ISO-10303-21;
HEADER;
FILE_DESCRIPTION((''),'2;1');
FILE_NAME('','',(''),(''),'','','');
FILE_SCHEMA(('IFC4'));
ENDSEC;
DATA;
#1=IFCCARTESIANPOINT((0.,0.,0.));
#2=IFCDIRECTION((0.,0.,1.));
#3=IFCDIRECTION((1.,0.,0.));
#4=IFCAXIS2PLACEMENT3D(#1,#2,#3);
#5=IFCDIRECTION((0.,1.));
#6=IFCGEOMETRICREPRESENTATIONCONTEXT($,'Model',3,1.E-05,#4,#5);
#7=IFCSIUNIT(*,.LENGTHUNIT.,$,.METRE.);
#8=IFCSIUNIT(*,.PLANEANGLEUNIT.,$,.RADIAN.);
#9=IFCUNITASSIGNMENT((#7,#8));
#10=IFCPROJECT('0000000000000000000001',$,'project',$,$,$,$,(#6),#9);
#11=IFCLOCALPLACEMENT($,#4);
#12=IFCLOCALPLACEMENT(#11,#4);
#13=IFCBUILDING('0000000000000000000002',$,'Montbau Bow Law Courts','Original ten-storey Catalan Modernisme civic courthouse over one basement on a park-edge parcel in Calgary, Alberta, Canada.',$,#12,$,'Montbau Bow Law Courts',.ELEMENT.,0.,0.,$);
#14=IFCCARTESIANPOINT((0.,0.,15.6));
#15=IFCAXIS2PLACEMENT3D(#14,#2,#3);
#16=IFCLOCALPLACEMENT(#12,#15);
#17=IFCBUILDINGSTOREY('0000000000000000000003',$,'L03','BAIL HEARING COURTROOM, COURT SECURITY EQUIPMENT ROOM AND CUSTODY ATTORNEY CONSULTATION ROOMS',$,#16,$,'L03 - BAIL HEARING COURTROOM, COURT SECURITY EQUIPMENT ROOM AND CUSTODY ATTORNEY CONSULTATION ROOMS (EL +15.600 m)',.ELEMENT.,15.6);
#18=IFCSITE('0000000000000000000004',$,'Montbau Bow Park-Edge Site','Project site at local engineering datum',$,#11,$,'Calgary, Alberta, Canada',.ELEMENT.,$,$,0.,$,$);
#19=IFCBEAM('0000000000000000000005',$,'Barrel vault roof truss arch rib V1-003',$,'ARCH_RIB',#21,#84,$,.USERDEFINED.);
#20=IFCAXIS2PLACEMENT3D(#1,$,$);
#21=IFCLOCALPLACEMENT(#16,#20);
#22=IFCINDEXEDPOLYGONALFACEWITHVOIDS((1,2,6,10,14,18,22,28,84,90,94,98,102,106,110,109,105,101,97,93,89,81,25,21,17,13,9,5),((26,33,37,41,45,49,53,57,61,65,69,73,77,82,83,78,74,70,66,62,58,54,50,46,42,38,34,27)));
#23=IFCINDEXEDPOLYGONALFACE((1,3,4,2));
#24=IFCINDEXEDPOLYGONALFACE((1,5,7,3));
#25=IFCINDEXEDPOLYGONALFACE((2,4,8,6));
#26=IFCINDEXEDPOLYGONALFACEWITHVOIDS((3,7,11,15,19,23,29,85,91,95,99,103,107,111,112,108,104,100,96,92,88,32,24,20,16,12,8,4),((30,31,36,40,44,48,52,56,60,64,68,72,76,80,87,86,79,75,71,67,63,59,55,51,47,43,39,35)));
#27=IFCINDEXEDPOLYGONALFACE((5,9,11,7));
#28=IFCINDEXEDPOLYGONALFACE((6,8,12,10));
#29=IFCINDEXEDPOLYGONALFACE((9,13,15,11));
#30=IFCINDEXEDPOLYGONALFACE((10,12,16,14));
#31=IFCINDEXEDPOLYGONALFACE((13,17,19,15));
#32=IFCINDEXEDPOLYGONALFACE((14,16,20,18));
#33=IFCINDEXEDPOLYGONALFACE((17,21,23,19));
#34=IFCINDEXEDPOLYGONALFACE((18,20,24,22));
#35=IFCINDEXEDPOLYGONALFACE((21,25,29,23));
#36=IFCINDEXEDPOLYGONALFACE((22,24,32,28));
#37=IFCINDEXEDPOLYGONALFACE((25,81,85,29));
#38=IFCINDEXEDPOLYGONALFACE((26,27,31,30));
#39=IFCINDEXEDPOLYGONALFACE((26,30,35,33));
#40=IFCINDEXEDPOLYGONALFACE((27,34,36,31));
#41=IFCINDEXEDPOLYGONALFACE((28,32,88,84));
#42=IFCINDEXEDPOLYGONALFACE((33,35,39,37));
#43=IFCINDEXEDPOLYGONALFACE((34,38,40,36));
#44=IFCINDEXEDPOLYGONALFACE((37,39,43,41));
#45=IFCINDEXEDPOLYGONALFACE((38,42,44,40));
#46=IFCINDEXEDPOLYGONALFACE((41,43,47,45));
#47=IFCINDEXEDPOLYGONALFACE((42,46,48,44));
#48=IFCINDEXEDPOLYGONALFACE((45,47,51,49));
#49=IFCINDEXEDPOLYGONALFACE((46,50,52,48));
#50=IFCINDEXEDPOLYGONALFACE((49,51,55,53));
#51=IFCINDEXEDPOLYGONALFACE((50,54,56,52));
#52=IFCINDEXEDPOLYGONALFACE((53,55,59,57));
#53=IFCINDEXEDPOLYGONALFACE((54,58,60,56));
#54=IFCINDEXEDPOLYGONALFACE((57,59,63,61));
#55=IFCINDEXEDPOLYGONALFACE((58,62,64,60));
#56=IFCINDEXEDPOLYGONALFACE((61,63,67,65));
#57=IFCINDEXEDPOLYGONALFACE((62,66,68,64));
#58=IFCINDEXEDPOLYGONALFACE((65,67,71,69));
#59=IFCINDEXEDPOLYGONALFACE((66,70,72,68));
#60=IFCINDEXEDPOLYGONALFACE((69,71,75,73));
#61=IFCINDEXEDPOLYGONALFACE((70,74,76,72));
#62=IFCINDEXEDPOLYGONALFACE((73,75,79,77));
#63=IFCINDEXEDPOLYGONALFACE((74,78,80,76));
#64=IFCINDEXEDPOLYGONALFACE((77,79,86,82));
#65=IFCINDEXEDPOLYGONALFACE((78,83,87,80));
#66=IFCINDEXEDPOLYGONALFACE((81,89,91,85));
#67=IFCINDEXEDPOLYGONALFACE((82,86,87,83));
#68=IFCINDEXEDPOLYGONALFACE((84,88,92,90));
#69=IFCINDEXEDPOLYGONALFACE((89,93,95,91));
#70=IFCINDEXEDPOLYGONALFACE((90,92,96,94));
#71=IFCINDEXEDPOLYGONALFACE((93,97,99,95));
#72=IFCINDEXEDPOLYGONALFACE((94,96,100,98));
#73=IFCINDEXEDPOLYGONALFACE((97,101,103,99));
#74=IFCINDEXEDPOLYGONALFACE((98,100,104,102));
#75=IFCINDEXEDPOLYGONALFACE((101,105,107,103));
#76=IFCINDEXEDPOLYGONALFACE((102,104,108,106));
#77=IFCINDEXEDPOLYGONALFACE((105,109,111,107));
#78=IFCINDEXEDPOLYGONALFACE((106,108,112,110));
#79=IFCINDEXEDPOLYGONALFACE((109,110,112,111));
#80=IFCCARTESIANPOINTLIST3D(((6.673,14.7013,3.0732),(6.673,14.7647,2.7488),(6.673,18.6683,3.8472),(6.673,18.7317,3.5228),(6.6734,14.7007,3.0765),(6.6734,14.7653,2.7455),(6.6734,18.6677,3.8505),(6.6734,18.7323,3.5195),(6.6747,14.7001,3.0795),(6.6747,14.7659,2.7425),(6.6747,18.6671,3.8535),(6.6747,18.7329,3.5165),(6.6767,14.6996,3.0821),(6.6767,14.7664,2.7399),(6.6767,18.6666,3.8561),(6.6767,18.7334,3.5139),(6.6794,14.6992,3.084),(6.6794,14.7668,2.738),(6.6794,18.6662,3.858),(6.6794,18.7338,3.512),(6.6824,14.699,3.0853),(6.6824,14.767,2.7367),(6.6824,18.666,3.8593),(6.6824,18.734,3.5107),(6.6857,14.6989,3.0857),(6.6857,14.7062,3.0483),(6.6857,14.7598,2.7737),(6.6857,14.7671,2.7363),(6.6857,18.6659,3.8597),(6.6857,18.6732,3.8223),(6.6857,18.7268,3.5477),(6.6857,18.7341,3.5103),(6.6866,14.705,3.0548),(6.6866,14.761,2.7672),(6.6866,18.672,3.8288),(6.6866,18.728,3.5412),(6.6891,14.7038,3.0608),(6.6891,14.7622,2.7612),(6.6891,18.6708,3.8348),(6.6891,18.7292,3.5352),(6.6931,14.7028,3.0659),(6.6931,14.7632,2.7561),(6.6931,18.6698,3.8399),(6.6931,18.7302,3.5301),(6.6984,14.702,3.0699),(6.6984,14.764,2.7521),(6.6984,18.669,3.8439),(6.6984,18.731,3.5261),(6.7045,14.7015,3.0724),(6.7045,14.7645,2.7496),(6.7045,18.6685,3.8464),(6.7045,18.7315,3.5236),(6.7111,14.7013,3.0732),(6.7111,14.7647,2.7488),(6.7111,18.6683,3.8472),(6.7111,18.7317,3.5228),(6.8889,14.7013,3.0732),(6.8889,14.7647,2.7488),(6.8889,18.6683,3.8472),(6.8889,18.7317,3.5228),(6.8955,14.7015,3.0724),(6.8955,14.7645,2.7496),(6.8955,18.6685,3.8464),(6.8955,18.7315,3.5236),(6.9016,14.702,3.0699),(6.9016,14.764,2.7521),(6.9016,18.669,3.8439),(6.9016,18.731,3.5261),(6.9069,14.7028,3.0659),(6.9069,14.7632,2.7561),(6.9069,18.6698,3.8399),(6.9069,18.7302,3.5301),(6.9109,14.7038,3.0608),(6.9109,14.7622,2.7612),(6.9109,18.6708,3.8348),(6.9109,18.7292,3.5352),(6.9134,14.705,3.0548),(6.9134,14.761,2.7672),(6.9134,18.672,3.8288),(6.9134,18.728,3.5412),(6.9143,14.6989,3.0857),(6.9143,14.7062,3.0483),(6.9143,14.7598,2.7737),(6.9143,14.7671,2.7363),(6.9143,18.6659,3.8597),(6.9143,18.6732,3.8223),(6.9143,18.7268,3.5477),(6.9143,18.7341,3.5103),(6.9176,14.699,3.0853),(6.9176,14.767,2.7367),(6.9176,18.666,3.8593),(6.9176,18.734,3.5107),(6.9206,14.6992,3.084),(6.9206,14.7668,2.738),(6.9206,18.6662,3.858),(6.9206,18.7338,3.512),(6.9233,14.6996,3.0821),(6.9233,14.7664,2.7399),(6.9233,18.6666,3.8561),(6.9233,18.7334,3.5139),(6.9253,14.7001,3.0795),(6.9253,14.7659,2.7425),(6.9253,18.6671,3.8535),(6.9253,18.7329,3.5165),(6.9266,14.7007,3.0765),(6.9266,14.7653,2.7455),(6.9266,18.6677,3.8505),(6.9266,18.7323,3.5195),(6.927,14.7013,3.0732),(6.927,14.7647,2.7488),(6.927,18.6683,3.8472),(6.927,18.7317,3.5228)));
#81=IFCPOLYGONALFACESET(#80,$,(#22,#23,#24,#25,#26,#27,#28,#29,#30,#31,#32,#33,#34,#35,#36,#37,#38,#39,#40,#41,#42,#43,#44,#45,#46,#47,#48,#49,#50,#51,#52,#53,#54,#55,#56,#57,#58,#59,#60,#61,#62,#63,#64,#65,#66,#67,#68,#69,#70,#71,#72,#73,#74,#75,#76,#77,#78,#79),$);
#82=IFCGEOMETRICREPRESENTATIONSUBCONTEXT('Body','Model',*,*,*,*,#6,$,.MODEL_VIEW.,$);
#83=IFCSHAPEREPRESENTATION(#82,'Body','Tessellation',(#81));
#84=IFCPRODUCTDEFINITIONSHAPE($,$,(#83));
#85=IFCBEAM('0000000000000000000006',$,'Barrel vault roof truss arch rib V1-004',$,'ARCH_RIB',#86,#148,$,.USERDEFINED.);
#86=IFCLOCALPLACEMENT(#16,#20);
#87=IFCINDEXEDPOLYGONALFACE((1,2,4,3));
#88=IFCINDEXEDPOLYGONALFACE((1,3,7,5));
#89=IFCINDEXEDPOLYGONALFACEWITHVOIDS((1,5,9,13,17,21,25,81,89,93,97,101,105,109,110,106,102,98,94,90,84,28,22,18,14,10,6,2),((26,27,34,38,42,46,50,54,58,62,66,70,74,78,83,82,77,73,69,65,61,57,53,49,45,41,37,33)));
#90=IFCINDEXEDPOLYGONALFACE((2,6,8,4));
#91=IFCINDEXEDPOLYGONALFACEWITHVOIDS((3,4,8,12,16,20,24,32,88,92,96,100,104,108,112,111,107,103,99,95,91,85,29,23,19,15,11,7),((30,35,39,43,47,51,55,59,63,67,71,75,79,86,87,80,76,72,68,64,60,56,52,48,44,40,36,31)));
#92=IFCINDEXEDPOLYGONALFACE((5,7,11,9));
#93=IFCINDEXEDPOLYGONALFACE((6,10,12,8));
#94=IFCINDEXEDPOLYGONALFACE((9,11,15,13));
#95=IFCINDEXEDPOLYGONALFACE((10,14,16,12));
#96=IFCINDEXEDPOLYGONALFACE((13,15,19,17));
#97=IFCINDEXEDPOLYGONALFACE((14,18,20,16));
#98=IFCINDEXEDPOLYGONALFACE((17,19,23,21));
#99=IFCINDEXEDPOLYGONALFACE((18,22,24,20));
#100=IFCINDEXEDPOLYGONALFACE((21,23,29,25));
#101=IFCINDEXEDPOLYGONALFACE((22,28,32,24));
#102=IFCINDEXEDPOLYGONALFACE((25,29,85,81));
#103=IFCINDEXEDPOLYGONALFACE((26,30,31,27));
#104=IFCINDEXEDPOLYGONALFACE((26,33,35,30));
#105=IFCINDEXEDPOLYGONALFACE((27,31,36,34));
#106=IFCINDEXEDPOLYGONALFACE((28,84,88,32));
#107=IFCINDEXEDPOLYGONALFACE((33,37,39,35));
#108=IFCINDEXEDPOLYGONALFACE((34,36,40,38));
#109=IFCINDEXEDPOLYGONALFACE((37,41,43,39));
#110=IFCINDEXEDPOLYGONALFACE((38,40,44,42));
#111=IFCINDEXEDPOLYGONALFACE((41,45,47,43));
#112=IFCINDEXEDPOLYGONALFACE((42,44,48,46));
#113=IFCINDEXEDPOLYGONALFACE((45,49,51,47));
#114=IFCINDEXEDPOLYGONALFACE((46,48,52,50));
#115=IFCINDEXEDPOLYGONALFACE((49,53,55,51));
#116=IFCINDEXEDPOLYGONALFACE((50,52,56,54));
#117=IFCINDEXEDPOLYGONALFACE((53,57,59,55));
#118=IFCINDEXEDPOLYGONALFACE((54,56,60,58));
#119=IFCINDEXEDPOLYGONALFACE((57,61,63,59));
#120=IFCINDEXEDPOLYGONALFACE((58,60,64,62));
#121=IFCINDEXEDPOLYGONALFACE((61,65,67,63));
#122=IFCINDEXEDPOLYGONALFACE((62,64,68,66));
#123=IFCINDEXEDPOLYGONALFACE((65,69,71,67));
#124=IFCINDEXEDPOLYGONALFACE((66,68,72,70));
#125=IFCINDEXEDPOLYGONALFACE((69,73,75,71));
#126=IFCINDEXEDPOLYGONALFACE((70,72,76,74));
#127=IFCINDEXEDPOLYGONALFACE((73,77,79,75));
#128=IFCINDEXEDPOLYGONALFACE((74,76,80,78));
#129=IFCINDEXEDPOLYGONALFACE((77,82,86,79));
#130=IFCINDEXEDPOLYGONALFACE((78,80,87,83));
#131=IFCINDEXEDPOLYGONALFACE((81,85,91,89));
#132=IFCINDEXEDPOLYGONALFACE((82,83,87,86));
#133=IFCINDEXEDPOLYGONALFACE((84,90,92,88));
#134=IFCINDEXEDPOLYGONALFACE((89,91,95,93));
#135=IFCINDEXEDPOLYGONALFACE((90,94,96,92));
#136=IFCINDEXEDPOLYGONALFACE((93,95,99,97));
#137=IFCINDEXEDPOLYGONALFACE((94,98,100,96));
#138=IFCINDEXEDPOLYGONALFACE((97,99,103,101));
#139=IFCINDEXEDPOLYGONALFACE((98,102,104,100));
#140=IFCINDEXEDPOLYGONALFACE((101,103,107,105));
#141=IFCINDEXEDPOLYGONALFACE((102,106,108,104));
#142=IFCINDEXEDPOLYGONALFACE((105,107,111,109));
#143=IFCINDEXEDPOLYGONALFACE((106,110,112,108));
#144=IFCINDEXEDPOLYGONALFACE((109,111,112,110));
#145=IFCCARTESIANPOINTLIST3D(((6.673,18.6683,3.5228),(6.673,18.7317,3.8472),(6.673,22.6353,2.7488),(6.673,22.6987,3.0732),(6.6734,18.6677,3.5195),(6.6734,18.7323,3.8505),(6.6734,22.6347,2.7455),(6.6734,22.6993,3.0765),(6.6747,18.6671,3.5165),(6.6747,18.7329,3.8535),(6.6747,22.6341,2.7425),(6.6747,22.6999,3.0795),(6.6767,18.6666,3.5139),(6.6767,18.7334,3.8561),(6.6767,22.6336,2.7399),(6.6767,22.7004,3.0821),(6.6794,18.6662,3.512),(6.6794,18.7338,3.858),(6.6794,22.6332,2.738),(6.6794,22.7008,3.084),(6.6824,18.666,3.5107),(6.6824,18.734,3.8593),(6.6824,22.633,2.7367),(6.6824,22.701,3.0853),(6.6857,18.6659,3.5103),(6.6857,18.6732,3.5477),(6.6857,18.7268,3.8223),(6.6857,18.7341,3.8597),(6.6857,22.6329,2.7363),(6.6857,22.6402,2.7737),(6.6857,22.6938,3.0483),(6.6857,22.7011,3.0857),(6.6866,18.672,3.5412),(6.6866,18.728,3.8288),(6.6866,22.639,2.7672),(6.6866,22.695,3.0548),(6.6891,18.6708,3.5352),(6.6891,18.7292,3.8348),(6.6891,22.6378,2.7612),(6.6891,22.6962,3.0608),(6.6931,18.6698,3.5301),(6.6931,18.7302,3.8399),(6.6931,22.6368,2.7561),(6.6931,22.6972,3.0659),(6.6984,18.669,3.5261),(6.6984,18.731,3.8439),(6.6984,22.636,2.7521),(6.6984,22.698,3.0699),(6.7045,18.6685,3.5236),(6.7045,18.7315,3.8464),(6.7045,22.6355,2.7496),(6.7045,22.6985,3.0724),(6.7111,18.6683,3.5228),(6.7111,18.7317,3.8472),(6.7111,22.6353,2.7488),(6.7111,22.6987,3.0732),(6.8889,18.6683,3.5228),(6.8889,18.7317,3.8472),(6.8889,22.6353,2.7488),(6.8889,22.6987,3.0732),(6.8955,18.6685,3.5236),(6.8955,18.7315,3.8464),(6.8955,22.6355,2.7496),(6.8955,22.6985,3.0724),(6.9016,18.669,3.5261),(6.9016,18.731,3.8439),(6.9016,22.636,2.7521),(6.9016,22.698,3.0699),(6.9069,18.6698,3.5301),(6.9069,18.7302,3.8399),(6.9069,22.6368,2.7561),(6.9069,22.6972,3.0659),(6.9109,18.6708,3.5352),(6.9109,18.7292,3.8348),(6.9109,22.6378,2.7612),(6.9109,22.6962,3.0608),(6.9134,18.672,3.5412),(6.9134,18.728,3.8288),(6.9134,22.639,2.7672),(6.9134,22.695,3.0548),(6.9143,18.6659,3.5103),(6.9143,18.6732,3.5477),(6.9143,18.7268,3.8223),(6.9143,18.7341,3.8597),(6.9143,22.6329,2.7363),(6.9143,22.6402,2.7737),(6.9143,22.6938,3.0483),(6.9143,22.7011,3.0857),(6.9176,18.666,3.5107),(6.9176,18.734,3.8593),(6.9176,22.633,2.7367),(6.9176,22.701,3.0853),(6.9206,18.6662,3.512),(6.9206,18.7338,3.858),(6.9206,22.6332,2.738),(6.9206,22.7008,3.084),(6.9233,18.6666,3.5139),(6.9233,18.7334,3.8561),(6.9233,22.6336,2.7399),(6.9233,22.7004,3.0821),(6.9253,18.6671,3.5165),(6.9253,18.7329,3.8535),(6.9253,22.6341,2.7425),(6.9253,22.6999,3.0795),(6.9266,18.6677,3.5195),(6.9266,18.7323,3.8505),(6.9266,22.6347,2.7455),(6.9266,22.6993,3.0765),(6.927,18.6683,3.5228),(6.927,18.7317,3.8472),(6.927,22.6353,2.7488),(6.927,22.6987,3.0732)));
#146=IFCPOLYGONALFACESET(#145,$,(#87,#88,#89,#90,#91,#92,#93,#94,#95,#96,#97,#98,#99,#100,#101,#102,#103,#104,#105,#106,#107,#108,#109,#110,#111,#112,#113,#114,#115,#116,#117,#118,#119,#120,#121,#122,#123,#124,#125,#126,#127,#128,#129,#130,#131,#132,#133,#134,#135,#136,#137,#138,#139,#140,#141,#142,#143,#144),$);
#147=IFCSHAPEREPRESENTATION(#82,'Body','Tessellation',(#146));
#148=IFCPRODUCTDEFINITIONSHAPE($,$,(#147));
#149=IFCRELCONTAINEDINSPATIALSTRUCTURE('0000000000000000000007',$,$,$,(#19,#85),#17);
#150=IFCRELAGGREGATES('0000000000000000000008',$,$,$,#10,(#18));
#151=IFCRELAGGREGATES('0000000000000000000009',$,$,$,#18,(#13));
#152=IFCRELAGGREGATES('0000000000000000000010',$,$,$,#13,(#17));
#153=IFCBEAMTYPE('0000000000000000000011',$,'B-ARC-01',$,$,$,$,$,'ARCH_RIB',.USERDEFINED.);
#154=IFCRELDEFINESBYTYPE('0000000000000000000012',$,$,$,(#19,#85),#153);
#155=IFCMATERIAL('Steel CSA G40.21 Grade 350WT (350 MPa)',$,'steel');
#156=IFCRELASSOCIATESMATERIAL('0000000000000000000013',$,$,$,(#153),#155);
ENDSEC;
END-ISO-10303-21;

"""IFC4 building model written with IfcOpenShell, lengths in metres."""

from ifc_helpers import new_model, si_unit, direction, frame, origin_with_axes, origin_2d_with_axis, place, context, subcontext, project, spatial, hollow_rectangle, extrude, material, material_profile, profile_set, type_object, element, save


model = new_model("IFC4")

# Units and contexts
model_context = context("Model", 3, precision=1e-05, world=origin_with_axes(), true_north=direction((0.0, 1.0)))
body_context = subcontext(model_context, "Body", "Model", "MODEL_VIEW")
ifc_project = project(units=[si_unit("LENGTHUNIT", "METRE"), si_unit("PLANEANGLEUNIT", "RADIAN")], contexts=[model_context])

# Site, building, storey
site_placement = place(None, origin_with_axes())
site = spatial("IfcSite", under=ifc_project, at=site_placement, Name="Montbau Bow Park-Edge Site", Description="Project site at local engineering datum", LongName="Calgary, Alberta, Canada", CompositionType="ELEMENT", RefElevation=0.0)
building_placement = place(site_placement, origin_with_axes())
building = spatial("IfcBuilding", under=site, at=building_placement, Name="Montbau Bow Law Courts", Description="Original ten-storey Catalan Modernisme civic courthouse over one basement on a park-edge parcel in Calgary, Alberta, Canada.", LongName="Montbau Bow Law Courts", CompositionType="ELEMENT", ElevationOfRefHeight=0.0, ElevationOfTerrain=0.0)
storey_placement = place(building_placement, frame((0.0, 0.0, 15.6), z_axis=(0.0, 0.0, 1.0), x_axis=(1.0, 0.0, 0.0)))
storey = spatial("IfcBuildingStorey", under=building, at=storey_placement, Name="L03", Description="BAIL HEARING COURTROOM, COURT SECURITY EQUIPMENT ROOM AND CUSTODY ATTORNEY CONSULTATION ROOMS", LongName="L03 - BAIL HEARING COURTROOM, COURT SECURITY EQUIPMENT ROOM AND CUSTODY ATTORNEY CONSULTATION ROOMS (EL +15.600 m)", CompositionType="ELEMENT", Elevation=15.6)

# Beams
ifc_material_1 = material(Name="Steel CSA G40.21 Grade 350WT (350 MPa)", Category="steel")
ifc_material_profile_1 = material_profile(ifc_material_1, hollow_rectangle(XDim=0.254, YDim=0.356, WallThickness=0.0127, InnerFilletRadius=0.0254, OuterFilletRadius=0.0127, at=origin_2d_with_axis()), Name="HSS356X254X13", Category="Main", Priority=0)
ifc_profile_set_1 = profile_set([ifc_material_profile_1], Name="Steel CSA G40.21 Grade 350WT (350 MPa)")
beam_type = type_object("IfcBeamType", Name="B-ARC-01", ElementType="ARCH_RIB", PredefinedType="USERDEFINED", material=ifc_profile_set_1)
for number, where, z_axis, x_axis, name in (
    (1, (6.8, 14.733, 18.511), (0.0, 0.981493, 0.191499), (-1.0, 0.0, 0.0), "Barrel vault roof truss arch rib V1-003"),
    (2, (6.8, 18.7, 19.285), (0.0, 0.981493, -0.191499), (-1.0, 0.0, 0.0), "Barrel vault roof truss arch rib V1-004"),
):
    element("IfcBeam", number, at=place(None, frame(where, z_axis=z_axis, x_axis=x_axis)), inside=storey, type_object=beam_type, Name=name, ObjectType="ARCH_RIB", PredefinedType="USERDEFINED", context=body_context, shape_type="SweptSolid", body=[
        extrude(hollow_rectangle(XDim=0.254, YDim=0.356, WallThickness=0.0127, InnerFilletRadius=0.0254, OuterFilletRadius=0.0127, at=origin_2d_with_axis()), origin_with_axes(), (0.0, 0.0, 1.0), 4.0418),
    ])

save(model, "model.ifc")
